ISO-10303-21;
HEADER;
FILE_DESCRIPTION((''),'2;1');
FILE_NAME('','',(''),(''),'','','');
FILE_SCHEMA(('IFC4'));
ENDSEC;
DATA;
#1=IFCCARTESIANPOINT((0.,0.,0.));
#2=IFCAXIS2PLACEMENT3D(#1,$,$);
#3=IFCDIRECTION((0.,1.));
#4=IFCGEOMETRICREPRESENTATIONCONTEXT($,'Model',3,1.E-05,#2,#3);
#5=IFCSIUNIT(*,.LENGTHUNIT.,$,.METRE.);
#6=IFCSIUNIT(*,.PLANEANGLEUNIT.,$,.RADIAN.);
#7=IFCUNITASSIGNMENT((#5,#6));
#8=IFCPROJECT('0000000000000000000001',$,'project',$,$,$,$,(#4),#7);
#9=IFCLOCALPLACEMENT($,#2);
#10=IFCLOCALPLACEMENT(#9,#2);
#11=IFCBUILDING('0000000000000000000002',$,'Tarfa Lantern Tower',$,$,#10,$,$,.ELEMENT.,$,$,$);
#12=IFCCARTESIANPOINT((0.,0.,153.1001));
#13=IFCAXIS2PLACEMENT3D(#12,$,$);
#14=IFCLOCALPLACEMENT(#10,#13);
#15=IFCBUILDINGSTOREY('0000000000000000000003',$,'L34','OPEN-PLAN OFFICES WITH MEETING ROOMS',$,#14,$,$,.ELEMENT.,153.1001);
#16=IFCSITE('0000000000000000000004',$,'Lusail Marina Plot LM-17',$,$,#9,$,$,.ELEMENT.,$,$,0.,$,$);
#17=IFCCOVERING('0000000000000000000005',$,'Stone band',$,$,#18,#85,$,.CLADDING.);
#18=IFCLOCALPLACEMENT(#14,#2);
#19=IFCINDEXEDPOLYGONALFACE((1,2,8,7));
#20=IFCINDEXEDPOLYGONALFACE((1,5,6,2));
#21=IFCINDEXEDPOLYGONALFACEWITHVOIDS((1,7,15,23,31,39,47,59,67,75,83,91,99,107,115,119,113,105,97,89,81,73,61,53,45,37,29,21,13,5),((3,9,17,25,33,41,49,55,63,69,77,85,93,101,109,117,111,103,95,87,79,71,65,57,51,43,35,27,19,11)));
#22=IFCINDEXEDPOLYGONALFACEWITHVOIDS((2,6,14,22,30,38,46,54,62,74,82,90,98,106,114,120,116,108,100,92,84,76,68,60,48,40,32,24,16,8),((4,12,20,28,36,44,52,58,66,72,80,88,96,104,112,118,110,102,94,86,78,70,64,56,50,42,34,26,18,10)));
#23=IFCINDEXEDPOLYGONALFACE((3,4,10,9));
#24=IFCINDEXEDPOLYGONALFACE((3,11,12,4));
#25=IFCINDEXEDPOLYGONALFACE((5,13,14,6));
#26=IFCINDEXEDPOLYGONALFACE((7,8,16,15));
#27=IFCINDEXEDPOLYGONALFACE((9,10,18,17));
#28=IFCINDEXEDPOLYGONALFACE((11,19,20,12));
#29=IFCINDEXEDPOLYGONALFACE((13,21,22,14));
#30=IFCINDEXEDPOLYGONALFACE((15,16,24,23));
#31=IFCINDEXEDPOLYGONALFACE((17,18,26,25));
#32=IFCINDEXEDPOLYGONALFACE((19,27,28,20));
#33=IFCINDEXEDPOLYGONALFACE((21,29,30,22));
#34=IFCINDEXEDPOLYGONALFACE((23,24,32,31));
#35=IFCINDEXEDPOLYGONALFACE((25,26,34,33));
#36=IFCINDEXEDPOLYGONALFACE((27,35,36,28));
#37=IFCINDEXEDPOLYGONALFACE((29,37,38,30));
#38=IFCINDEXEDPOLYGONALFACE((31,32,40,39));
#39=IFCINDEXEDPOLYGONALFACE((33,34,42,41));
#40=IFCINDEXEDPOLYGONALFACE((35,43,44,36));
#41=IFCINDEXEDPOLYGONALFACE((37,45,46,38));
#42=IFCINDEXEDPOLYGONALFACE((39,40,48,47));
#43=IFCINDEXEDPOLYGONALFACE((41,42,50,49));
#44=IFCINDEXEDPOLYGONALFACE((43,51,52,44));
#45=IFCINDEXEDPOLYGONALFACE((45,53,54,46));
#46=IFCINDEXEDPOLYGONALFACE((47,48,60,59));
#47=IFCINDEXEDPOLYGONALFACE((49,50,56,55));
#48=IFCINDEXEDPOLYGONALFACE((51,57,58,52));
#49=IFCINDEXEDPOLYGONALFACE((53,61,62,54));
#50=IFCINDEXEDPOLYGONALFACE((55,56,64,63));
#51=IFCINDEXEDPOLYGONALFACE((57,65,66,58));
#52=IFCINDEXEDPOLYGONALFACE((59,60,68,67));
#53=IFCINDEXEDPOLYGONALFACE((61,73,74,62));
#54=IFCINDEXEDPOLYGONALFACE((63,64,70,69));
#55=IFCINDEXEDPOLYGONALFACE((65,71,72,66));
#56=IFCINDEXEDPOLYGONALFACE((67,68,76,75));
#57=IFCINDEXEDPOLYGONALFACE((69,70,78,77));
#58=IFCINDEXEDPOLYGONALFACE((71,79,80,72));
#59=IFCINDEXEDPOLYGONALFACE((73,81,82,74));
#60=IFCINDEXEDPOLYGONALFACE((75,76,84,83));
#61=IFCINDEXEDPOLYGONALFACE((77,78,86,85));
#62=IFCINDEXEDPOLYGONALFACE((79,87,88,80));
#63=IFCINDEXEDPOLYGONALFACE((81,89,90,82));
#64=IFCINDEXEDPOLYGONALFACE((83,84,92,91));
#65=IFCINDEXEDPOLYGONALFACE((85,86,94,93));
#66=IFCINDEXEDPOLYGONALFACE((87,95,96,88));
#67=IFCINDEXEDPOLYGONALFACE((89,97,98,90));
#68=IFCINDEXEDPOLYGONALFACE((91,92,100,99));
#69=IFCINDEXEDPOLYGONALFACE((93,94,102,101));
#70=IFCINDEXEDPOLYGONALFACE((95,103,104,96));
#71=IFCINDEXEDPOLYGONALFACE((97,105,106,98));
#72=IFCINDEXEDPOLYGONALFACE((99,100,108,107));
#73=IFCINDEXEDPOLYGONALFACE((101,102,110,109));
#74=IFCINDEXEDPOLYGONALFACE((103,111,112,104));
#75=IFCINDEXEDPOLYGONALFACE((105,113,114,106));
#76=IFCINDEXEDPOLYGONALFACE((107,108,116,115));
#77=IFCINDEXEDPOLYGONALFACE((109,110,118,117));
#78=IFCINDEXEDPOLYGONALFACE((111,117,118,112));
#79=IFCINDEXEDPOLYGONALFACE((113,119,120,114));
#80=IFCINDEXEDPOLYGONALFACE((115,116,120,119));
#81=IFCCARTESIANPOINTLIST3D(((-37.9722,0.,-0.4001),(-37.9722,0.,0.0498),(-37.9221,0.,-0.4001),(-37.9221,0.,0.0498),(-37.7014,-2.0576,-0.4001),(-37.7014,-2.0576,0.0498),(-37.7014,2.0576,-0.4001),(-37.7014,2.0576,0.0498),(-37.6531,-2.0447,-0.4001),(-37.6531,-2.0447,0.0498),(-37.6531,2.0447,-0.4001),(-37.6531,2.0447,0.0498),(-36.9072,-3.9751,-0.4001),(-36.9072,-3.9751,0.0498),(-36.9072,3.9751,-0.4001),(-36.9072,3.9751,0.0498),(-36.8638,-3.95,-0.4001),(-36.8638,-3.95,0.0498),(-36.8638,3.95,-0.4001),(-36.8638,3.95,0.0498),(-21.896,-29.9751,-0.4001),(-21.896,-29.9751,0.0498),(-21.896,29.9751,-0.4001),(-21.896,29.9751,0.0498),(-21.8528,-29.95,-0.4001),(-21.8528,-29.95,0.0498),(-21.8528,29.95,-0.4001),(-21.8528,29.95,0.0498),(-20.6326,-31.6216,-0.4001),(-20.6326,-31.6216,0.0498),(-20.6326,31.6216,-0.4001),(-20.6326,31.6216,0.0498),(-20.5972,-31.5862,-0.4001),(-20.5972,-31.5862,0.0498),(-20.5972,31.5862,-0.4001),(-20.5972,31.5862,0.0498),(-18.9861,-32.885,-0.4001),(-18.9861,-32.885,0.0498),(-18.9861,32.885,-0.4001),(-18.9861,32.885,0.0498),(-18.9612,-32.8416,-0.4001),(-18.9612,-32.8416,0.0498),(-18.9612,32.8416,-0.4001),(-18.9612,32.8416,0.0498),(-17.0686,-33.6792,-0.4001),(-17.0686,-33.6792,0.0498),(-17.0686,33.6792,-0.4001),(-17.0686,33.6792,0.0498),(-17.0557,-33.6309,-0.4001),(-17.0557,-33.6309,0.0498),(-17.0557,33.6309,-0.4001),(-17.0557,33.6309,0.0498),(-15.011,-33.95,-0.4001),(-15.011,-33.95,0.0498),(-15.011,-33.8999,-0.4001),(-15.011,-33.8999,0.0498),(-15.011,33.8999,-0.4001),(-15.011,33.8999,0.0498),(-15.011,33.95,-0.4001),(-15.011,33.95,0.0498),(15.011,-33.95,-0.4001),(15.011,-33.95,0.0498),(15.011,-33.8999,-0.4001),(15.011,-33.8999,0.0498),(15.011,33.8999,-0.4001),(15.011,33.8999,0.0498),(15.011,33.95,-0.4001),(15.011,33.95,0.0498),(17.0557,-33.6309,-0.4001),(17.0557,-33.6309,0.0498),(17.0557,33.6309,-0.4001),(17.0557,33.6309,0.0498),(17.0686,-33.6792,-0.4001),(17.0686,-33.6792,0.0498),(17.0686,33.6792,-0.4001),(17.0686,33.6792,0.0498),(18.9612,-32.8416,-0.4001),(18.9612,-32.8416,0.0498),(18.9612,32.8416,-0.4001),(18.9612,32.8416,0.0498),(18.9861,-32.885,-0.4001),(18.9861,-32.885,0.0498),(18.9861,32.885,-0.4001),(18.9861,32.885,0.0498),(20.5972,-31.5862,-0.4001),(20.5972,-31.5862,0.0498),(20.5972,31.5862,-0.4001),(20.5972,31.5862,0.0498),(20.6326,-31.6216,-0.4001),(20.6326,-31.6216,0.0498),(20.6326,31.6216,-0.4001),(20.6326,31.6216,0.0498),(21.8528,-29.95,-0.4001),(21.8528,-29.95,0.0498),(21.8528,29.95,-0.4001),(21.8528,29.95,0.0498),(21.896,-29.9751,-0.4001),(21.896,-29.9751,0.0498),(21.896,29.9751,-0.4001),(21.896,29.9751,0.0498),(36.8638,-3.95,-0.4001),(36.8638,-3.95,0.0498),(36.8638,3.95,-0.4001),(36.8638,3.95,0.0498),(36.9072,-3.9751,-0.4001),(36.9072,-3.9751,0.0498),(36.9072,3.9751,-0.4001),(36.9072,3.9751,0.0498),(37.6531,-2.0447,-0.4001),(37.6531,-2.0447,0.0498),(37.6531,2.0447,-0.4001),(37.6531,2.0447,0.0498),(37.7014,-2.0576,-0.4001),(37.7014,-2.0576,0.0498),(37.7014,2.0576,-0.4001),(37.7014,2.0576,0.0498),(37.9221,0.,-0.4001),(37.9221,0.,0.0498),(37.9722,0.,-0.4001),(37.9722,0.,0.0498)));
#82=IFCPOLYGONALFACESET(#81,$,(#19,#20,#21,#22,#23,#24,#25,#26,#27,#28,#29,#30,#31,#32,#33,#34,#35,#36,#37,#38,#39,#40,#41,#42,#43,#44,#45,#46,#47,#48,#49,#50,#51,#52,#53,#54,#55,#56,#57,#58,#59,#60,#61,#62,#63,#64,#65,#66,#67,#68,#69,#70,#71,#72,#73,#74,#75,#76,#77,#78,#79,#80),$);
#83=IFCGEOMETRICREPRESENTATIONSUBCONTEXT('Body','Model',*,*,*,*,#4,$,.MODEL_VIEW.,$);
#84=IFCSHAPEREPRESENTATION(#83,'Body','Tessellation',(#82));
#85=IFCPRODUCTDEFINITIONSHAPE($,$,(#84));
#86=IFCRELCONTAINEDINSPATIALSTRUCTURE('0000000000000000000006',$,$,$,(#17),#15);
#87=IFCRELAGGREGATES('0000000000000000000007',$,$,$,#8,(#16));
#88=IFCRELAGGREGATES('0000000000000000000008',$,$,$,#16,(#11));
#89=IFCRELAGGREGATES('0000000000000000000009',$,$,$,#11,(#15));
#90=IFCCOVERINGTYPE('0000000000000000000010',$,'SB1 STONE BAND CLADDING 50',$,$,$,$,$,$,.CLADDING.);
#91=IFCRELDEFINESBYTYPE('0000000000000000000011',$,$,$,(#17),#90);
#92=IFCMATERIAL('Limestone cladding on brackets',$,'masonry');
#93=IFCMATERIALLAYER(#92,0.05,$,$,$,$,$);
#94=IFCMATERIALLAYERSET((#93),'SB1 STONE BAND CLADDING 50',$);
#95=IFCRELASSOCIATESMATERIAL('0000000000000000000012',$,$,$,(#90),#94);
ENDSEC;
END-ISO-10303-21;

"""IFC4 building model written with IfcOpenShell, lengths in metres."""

from ifc_helpers import new_model, si_unit, direction, frame, origin, place, context, subcontext, project, spatial, polyline, outline, extrude, material, layer, layer_set, type_object, element, save


model = new_model("IFC4")

# Units and contexts
model_context = context("Model", 3, precision=1e-05, world=origin(), true_north=direction((0.0, 1.0)))
body_context = subcontext(model_context, "Body", "Model", "MODEL_VIEW")
ifc_project = project(units=[si_unit("LENGTHUNIT", "METRE"), si_unit("PLANEANGLEUNIT", "RADIAN")], contexts=[model_context])

# Site, building, storey
site_placement = place(None, origin())
site = spatial("IfcSite", under=ifc_project, at=site_placement, Name="Lusail Marina Plot LM-17", CompositionType="ELEMENT", RefElevation=0.0)
building_placement = place(site_placement, origin())
building = spatial("IfcBuilding", under=site, at=building_placement, Name="Tarfa Lantern Tower", CompositionType="ELEMENT")
storey_placement = place(building_placement, frame((0.0, 0.0, 153.1001)))
storey = spatial("IfcBuildingStorey", under=building, at=storey_placement, Name="L34", Description="OPEN-PLAN OFFICES WITH MEETING ROOMS", CompositionType="ELEMENT", Elevation=153.1001)

# Covering
ifc_material_1 = material(Name="Limestone cladding on brackets", Category="masonry")
ifc_layer_1 = layer(ifc_material_1, 0.05)
ifc_layer_set_1 = layer_set([ifc_layer_1], Name="SB1 STONE BAND CLADDING 50")
covering_type_1 = type_object("IfcCoveringType", Name="SB1 STONE BAND CLADDING 50", PredefinedType="CLADDING", material=ifc_layer_set_1)
covering_1_placement = place(storey_placement, frame((0.0, 0.0, -0.4001)))
element("IfcCovering", 1, at=covering_1_placement, inside=storey, type_object=covering_type_1, Name="Stone band", PredefinedType="CLADDING", context=body_context, shape_type="SweptSolid", body=[
    extrude(outline(polyline([(36.9072, 3.9751), (21.896, 29.9751), (20.6326, 31.6216), (18.9861, 32.885), (17.0686, 33.6792), (15.011, 33.95), (-15.011, 33.95), (-17.0686, 33.6792), (-18.9861, 32.885), (-20.6326, 31.6216), (-21.896, 29.9751), (-36.9072, 3.9751), (-37.7014, 2.0576), (-37.9722, 0.0), (-37.7014, -2.0576), (-36.9072, -3.9751), (-21.896, -29.9751), (-20.6326, -31.6216), (-18.9861, -32.885), (-17.0686, -33.6792), (-15.011, -33.95), (15.011, -33.95), (17.0686, -33.6792), (18.9861, -32.885), (20.6326, -31.6216), (21.896, -29.9751), (36.9072, -3.9751), (37.7014, -2.0576), (37.9722, 0.0), (37.7014, 2.0576), (36.9072, 3.9751)]), holes=[polyline([(36.8638, 3.95), (21.8528, 29.95), (20.5972, 31.5862), (18.9612, 32.8416), (17.0557, 33.6309), (15.011, 33.8999), (-15.011, 33.8999), (-17.0557, 33.6309), (-18.9612, 32.8416), (-20.5972, 31.5862), (-21.8528, 29.95), (-36.8638, 3.95), (-37.6531, 2.0447), (-37.9221, 0.0), (-37.6531, -2.0447), (-36.8638, -3.95), (-21.8528, -29.95), (-20.5972, -31.5862), (-18.9612, -32.8416), (-17.0557, -33.6309), (-15.011, -33.8999), (15.011, -33.8999), (17.0557, -33.6309), (18.9612, -32.8416), (20.5972, -31.5862), (21.8528, -29.95), (36.8638, -3.95), (37.6531, -2.0447), (37.9221, 0.0), (37.6531, 2.0447), (36.8638, 3.95)])]), origin(), (0.0, 0.0, 1.0), 0.45),
])

save(model, "model.ifc")
